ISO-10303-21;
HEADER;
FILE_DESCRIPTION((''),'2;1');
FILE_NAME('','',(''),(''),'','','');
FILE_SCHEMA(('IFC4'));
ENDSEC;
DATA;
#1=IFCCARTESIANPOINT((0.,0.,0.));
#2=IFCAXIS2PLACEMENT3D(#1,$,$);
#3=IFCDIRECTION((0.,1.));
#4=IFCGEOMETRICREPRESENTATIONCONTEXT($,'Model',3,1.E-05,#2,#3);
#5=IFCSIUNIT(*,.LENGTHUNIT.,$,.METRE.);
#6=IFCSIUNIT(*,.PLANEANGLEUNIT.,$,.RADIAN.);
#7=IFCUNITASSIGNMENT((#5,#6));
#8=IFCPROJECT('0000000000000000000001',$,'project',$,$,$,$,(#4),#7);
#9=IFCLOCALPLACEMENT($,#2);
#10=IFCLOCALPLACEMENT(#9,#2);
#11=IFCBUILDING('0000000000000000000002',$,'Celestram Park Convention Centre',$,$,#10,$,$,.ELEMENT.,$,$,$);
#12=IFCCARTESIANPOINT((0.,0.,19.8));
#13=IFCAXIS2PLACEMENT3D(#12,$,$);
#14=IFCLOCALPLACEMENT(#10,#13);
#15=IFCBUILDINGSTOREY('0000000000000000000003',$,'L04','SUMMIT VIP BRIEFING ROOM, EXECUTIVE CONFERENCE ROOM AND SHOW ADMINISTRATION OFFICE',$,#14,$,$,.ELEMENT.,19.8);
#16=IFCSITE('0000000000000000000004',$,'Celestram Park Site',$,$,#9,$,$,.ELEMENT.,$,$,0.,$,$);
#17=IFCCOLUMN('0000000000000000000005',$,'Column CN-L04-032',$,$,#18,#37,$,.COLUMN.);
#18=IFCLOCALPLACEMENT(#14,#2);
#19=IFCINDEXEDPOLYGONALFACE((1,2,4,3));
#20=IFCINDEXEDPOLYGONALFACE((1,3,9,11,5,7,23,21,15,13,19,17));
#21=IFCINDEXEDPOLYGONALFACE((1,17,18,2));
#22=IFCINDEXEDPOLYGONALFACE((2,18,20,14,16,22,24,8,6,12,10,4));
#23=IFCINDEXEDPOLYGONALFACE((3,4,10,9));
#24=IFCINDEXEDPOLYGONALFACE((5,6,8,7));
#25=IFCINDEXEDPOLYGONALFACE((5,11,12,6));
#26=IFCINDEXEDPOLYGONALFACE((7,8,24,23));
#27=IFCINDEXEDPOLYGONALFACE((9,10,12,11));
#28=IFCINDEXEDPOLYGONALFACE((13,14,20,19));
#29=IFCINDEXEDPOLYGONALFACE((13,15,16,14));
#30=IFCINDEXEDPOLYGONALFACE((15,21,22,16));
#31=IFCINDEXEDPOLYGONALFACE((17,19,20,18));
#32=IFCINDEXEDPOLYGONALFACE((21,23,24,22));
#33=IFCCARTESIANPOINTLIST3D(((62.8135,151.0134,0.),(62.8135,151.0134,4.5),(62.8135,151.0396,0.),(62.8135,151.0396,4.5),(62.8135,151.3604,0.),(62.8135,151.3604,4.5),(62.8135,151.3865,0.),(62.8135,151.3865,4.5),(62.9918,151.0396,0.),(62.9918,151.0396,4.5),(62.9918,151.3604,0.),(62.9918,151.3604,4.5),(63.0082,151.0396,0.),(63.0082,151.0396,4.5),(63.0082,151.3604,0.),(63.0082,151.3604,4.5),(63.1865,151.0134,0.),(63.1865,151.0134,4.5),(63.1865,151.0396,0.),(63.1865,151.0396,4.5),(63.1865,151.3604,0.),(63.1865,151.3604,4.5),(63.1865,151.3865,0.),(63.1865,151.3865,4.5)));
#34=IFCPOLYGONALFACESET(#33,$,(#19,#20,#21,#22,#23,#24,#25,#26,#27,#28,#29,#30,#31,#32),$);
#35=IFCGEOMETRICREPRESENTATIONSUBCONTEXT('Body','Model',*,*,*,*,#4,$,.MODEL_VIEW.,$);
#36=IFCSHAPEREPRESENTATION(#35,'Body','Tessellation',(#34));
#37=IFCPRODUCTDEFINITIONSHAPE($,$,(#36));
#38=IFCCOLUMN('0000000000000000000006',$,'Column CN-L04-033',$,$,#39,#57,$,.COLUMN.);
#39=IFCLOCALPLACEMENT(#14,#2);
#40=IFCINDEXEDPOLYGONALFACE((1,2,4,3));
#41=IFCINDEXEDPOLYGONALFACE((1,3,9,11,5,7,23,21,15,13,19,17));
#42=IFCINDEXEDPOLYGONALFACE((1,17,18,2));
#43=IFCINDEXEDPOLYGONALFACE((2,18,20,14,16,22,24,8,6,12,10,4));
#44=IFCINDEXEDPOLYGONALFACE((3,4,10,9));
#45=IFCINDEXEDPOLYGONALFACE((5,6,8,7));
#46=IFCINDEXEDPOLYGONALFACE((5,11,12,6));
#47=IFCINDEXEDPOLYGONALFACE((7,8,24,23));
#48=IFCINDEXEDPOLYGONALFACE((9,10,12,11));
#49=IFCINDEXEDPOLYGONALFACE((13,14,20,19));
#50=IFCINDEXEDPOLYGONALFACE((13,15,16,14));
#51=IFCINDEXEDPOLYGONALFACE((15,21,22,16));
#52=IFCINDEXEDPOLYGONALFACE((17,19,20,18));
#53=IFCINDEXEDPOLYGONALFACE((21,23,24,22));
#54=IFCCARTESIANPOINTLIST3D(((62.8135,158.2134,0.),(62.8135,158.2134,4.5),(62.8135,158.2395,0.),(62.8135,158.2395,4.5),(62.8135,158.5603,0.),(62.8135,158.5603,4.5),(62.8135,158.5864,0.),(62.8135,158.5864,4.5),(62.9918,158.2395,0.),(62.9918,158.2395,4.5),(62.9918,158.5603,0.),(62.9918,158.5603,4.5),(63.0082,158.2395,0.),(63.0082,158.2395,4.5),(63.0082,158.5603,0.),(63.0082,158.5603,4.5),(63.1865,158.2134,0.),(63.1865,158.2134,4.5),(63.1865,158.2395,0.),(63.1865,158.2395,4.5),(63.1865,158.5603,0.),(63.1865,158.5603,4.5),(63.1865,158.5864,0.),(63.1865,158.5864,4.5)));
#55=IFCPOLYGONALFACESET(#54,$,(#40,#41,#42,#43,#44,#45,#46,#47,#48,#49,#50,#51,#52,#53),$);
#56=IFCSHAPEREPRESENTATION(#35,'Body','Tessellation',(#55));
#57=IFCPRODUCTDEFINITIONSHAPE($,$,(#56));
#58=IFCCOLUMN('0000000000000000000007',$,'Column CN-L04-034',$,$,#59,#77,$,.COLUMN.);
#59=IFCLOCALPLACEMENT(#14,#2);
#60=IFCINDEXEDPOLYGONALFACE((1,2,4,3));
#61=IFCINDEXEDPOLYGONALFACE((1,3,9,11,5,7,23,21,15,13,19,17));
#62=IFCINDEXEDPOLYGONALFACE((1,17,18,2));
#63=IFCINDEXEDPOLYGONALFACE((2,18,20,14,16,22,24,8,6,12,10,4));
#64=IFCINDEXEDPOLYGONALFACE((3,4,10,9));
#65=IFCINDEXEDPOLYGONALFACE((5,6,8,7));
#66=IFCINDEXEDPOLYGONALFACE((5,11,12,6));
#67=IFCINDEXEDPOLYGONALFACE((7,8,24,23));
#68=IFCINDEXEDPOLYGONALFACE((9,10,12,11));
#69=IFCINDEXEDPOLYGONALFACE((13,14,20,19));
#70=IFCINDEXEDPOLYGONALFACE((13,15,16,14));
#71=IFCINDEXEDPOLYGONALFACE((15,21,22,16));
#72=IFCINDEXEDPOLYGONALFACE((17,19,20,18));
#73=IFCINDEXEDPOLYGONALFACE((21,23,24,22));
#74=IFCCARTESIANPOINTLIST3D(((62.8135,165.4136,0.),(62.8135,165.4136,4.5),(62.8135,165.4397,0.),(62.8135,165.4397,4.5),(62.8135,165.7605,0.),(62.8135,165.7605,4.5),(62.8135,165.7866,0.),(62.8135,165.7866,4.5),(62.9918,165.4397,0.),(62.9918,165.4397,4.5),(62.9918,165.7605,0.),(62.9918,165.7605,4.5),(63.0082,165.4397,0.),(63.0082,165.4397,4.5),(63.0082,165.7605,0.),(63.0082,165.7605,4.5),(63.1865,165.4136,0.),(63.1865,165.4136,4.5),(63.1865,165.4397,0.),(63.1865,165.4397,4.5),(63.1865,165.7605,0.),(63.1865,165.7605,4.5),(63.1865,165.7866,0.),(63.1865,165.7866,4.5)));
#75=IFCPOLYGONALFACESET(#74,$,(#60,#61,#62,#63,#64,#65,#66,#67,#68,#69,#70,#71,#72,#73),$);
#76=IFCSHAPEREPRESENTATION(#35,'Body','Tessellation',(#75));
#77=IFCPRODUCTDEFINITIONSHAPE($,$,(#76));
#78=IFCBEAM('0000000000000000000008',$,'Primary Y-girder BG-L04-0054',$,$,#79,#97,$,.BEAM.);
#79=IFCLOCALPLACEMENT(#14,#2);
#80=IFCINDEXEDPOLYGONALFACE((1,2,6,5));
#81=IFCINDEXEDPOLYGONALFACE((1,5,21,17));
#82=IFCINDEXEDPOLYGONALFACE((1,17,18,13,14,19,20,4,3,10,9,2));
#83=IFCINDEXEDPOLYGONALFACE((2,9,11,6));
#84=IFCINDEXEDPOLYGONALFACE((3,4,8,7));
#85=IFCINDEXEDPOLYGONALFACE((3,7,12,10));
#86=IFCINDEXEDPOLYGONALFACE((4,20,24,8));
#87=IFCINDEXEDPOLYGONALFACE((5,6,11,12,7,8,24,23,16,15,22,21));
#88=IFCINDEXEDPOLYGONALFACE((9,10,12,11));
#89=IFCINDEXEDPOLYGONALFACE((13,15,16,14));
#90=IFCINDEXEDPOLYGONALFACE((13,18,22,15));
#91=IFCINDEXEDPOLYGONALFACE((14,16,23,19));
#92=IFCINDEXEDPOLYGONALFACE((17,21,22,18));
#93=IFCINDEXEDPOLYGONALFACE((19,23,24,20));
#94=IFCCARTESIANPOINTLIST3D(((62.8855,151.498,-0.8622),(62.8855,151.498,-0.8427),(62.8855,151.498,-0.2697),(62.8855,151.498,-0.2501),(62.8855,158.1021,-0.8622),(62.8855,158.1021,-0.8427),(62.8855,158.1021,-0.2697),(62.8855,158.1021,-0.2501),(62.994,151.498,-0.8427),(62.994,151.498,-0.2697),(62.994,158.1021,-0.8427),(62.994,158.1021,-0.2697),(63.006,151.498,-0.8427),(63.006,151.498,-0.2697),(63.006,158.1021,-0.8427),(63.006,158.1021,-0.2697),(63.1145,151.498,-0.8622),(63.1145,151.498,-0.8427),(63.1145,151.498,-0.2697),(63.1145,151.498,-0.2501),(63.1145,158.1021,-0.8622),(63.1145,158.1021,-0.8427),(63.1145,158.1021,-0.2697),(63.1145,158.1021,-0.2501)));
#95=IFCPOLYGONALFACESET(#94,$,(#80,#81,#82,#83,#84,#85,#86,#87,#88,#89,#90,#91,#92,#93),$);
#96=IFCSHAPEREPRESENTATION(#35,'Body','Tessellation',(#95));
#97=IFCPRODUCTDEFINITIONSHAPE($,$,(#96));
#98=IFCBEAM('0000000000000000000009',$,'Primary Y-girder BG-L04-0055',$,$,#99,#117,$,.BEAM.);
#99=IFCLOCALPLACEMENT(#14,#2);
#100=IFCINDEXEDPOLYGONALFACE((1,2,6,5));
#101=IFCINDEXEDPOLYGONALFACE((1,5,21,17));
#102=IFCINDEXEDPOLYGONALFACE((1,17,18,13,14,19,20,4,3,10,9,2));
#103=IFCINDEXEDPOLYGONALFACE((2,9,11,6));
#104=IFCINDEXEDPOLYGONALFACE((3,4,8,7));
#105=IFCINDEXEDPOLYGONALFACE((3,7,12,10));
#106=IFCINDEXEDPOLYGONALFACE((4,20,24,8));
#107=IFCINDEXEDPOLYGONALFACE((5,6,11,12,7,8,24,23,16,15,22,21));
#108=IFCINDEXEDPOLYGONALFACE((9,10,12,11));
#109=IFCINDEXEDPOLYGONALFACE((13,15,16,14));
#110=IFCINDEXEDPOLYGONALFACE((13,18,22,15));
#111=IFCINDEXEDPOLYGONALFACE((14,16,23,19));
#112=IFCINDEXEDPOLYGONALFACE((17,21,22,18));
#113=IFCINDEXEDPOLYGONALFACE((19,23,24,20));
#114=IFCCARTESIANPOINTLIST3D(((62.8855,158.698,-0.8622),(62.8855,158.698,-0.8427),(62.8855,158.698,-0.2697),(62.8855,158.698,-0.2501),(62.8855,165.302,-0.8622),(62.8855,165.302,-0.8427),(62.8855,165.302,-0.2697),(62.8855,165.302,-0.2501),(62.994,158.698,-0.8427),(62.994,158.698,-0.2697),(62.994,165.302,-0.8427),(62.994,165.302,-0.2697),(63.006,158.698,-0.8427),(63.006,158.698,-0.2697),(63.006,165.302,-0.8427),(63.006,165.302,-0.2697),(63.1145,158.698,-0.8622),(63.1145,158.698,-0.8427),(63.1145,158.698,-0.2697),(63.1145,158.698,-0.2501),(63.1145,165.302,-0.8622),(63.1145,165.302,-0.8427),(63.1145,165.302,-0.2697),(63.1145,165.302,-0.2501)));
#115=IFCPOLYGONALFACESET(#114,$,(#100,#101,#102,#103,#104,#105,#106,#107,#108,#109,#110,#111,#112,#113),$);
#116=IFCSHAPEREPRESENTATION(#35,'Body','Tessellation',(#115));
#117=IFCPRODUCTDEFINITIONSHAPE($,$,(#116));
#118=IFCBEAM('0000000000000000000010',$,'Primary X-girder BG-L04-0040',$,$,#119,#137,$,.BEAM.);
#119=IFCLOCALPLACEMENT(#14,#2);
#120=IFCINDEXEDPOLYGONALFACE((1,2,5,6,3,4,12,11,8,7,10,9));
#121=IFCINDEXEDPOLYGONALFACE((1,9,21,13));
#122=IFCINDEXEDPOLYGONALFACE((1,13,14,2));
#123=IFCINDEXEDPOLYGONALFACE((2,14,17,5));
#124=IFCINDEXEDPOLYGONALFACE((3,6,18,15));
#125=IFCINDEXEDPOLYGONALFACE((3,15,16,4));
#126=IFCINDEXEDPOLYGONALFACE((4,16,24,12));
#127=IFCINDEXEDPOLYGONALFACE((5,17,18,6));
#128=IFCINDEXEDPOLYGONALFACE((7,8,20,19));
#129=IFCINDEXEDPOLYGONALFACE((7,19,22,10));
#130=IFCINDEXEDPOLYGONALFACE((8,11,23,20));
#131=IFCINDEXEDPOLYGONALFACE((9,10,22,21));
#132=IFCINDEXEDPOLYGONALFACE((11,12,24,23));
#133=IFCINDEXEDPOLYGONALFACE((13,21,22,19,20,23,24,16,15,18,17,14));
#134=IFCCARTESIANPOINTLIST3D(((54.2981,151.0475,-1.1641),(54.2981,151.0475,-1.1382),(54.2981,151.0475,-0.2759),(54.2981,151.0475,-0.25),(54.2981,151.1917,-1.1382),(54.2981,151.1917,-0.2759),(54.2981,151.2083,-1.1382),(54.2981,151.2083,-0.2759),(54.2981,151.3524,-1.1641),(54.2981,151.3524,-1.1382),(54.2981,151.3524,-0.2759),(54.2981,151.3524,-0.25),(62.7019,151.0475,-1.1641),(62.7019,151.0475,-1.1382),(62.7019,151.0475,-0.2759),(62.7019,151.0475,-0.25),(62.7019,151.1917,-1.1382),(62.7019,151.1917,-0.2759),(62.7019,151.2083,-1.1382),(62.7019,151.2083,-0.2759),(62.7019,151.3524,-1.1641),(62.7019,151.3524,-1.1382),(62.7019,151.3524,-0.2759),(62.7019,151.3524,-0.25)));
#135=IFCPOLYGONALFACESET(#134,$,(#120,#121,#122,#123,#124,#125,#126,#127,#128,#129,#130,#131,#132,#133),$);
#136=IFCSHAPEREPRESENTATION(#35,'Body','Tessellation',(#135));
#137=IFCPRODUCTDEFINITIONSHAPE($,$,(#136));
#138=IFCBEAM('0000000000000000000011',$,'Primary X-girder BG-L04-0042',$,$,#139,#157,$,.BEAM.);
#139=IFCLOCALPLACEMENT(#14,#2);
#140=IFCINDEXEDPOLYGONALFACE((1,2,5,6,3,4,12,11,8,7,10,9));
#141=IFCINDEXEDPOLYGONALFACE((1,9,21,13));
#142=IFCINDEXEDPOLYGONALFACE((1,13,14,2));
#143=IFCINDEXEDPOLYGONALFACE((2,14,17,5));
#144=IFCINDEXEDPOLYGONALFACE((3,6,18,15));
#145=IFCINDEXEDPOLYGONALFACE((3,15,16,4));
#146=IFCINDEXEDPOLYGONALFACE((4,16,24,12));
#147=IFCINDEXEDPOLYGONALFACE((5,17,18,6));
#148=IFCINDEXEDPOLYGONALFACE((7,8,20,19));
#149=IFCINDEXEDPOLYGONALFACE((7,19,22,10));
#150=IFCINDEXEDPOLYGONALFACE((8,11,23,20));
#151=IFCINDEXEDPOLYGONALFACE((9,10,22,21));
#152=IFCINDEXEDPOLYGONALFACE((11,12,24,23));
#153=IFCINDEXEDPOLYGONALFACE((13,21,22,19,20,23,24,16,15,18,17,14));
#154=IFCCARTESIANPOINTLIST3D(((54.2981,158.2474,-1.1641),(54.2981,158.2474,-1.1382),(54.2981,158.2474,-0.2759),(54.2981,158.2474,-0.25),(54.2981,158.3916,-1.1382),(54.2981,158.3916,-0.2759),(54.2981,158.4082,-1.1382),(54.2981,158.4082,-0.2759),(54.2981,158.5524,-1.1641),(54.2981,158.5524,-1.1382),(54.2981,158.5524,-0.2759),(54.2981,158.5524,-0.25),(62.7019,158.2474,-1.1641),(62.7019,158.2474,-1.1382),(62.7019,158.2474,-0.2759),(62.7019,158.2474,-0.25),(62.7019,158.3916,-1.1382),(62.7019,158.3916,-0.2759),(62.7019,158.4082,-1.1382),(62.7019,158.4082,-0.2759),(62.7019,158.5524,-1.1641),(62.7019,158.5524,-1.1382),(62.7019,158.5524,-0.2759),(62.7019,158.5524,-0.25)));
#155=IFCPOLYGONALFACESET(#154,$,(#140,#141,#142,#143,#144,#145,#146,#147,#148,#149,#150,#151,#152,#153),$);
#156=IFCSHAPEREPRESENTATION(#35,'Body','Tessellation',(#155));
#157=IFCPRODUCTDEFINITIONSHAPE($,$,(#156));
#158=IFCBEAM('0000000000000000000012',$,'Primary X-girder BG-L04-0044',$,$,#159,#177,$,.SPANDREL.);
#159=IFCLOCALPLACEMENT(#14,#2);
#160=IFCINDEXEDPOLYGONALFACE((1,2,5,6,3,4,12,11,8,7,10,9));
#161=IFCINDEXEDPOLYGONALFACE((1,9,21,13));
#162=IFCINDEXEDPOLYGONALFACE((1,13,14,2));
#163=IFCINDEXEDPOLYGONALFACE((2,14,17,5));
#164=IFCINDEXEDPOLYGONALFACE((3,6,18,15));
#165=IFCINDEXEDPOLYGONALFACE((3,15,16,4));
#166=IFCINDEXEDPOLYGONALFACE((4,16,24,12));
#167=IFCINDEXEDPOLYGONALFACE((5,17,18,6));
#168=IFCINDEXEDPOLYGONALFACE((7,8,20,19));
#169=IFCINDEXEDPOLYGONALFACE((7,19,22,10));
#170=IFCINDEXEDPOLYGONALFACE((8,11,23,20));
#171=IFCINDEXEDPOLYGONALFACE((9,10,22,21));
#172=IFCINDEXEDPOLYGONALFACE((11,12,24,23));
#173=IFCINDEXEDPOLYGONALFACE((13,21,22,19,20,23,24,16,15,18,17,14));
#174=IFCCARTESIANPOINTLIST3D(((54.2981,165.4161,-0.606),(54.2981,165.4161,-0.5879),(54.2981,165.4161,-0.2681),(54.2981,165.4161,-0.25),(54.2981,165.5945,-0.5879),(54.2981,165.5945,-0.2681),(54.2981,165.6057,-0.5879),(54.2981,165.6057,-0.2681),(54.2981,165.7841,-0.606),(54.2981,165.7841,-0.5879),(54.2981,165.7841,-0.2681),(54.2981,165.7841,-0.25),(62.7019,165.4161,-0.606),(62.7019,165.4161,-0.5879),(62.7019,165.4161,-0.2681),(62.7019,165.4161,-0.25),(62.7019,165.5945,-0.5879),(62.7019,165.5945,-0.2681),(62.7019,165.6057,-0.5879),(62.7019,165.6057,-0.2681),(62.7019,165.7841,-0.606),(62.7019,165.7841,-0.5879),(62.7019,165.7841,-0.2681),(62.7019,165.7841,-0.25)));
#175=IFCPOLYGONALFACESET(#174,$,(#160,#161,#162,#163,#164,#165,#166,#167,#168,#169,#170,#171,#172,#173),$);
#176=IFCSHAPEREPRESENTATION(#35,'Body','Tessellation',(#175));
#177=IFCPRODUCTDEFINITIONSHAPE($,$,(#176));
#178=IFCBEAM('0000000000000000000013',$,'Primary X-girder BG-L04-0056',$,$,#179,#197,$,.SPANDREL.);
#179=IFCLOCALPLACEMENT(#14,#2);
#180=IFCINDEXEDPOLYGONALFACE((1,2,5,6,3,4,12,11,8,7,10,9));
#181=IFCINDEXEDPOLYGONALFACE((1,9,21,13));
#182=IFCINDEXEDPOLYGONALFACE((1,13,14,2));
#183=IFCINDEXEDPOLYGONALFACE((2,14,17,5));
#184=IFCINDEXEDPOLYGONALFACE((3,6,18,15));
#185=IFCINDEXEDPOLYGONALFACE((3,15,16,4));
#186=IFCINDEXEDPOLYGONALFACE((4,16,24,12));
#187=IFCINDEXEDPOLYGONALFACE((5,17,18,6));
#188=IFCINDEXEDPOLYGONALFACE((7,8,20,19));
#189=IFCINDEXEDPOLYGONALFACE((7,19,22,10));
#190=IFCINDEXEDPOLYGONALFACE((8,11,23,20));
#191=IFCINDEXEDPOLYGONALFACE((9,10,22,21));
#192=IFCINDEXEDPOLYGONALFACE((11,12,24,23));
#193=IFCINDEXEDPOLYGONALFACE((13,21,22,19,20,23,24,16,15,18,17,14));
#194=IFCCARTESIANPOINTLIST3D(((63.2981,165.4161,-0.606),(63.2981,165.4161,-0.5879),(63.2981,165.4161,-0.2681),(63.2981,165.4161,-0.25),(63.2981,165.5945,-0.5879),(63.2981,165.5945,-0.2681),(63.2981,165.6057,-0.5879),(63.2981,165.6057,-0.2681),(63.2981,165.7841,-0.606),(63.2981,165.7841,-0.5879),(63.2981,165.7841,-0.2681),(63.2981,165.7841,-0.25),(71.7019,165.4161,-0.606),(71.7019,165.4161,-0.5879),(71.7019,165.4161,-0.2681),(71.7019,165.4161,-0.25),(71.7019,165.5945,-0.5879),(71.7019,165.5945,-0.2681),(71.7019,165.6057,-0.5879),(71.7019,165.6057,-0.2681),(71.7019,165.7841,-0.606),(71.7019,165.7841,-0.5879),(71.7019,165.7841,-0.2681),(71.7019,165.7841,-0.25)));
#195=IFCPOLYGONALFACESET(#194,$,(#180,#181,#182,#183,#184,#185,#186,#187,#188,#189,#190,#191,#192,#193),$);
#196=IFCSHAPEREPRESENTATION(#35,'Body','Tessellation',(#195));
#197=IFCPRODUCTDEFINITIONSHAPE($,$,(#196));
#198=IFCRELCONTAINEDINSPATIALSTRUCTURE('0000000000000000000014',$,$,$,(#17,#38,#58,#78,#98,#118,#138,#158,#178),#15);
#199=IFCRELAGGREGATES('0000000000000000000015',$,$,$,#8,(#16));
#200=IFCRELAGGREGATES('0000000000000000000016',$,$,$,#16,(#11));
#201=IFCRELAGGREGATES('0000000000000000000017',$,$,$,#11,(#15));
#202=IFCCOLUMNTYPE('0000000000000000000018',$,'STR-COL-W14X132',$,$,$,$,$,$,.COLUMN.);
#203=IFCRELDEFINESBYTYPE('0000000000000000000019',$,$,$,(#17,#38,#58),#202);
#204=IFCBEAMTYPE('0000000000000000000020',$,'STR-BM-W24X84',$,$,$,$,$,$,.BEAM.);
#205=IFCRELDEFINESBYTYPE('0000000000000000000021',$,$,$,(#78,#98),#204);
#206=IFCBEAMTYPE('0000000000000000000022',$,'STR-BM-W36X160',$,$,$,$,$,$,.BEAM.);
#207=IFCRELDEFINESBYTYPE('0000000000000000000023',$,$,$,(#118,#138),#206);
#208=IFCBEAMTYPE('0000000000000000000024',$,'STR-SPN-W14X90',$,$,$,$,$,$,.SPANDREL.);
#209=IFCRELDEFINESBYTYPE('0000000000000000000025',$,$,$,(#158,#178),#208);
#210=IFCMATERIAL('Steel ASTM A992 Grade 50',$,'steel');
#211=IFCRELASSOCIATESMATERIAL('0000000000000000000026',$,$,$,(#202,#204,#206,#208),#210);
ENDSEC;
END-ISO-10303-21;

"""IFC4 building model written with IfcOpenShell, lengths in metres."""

from ifc_helpers import new_model, si_unit, direction, frame, origin, origin_2d, place, context, subcontext, project, spatial, i_section, extrude, material, material_profile, profile_set, type_object, element, save


model = new_model("IFC4")

# Units and contexts
model_context = context("Model", 3, precision=1e-05, world=origin(), true_north=direction((0.0, 1.0)))
body_context = subcontext(model_context, "Body", "Model", "MODEL_VIEW")
ifc_project = project(units=[si_unit("LENGTHUNIT", "METRE"), si_unit("PLANEANGLEUNIT", "RADIAN")], contexts=[model_context])

# Site, building, storey
site_placement = place(None, origin())
site = spatial("IfcSite", under=ifc_project, at=site_placement, Name="Celestram Park Site", CompositionType="ELEMENT", RefElevation=0.0)
building_placement = place(site_placement, origin())
building = spatial("IfcBuilding", under=site, at=building_placement, Name="Celestram Park Convention Centre", CompositionType="ELEMENT")
storey_placement = place(building_placement, frame((0.0, 0.0, 19.8)))
storey = spatial("IfcBuildingStorey", under=building, at=storey_placement, Name="L04", Description="SUMMIT VIP BRIEFING ROOM, EXECUTIVE CONFERENCE ROOM AND SHOW ADMINISTRATION OFFICE", CompositionType="ELEMENT", Elevation=19.8)

# Columns
ifc_material_1 = material(Name="Steel ASTM A992 Grade 50", Category="steel")
ifc_material_profile_1 = material_profile(ifc_material_1, i_section(OverallWidth=0.373, OverallDepth=0.373, WebThickness=0.0164, FlangeThickness=0.0261, at=origin_2d()), Name="W14X132")
ifc_profile_set_1 = profile_set([ifc_material_profile_1], Name="Steel ASTM A992 Grade 50")
column_type = type_object("IfcColumnType", Name="STR-COL-W14X132", PredefinedType="COLUMN", material=ifc_profile_set_1)
for number, where, z_axis, x_axis, name in (
    (1, (63.0, 151.2, 0.0), (0.0, 0.0, 1.0), (1.0, 0.0, 0.0), "Column CN-L04-032"),
    (2, (63.0, 158.3999, 0.0), (0.0, 0.0, 1.0), (1.0, 0.0, 0.0), "Column CN-L04-033"),
    (3, (63.0, 165.6001, 0.0), (0.0, 0.0, 1.0), (1.0, 0.0, 0.0), "Column CN-L04-034"),
):
    element("IfcColumn", number, at=place(storey_placement, frame(where, z_axis=z_axis, x_axis=x_axis)), inside=storey, type_object=column_type, Name=name, PredefinedType="COLUMN", context=body_context, shape_type="SweptSolid", body=[
        extrude(i_section(OverallWidth=0.373, OverallDepth=0.373, WebThickness=0.0164, FlangeThickness=0.0261, at=origin_2d()), origin(), (0.0, 0.0, 1.0), 4.5),
    ])

# Beams
ifc_material_profile_2 = material_profile(ifc_material_1, i_section(OverallWidth=0.229, OverallDepth=0.6121, WebThickness=0.012, FlangeThickness=0.0195, at=origin_2d()), Name="W24X84")
ifc_profile_set_2 = profile_set([ifc_material_profile_2], Name="Steel ASTM A992 Grade 50")
beam_type_1 = type_object("IfcBeamType", Name="STR-BM-W24X84", PredefinedType="BEAM", material=ifc_profile_set_2)
for number, where, z_axis, x_axis, name in (
    (4, (63.0, 151.498, -0.5562), (0.0, 1.0, 0.0), (-1.0, 0.0, 0.0), "Primary Y-girder BG-L04-0054"),
    (5, (63.0, 158.698, -0.5562), (0.0, 1.0, 0.0), (-1.0, 0.0, 0.0), "Primary Y-girder BG-L04-0055"),
):
    element("IfcBeam", number, at=place(storey_placement, frame(where, z_axis=z_axis, x_axis=x_axis)), inside=storey, type_object=beam_type_1, Name=name, PredefinedType="BEAM", context=body_context, shape_type="SweptSolid", body=[
        extrude(i_section(OverallWidth=0.229, OverallDepth=0.6121, WebThickness=0.012, FlangeThickness=0.0195, at=origin_2d()), origin(), (0.0, 0.0, 1.0), 6.604),
    ])
ifc_material_profile_3 = material_profile(ifc_material_1, i_section(OverallWidth=0.3049, OverallDepth=0.9141, WebThickness=0.0166, FlangeThickness=0.0259, at=origin_2d()), Name="W36X160")
ifc_profile_set_3 = profile_set([ifc_material_profile_3], Name="Steel ASTM A992 Grade 50")
beam_type_2 = type_object("IfcBeamType", Name="STR-BM-W36X160", PredefinedType="BEAM", material=ifc_profile_set_3)
for number, where, z_axis, x_axis, name in (
    (6, (54.2981, 151.2, -0.707), (1.0, 0.0, 0.0), (0.0, 1.0, 0.0), "Primary X-girder BG-L04-0040"),
    (7, (54.2981, 158.3999, -0.707), (1.0, 0.0, 0.0), (0.0, 1.0, 0.0), "Primary X-girder BG-L04-0042"),
):
    element("IfcBeam", number, at=place(storey_placement, frame(where, z_axis=z_axis, x_axis=x_axis)), inside=storey, type_object=beam_type_2, Name=name, PredefinedType="BEAM", context=body_context, shape_type="SweptSolid", body=[
        extrude(i_section(OverallWidth=0.3049, OverallDepth=0.9141, WebThickness=0.0166, FlangeThickness=0.0259, at=origin_2d()), origin(), (0.0, 0.0, 1.0), 8.4038),
    ])
ifc_material_profile_4 = material_profile(ifc_material_1, i_section(OverallWidth=0.3679, OverallDepth=0.356, WebThickness=0.0112, FlangeThickness=0.0181, at=origin_2d()), Name="W14X90")
ifc_profile_set_4 = profile_set([ifc_material_profile_4], Name="Steel ASTM A992 Grade 50")
beam_type_3 = type_object("IfcBeamType", Name="STR-SPN-W14X90", PredefinedType="SPANDREL", material=ifc_profile_set_4)
for number, where, z_axis, x_axis, name in (
    (8, (54.2981, 165.6001, -0.428), (1.0, 0.0, 0.0), (0.0, 1.0, 0.0), "Primary X-girder BG-L04-0044"),
    (9, (63.2981, 165.6001, -0.428), (1.0, 0.0, 0.0), (0.0, 1.0, 0.0), "Primary X-girder BG-L04-0056"),
):
    element("IfcBeam", number, at=place(storey_placement, frame(where, z_axis=z_axis, x_axis=x_axis)), inside=storey, type_object=beam_type_3, Name=name, PredefinedType="SPANDREL", context=body_context, shape_type="SweptSolid", body=[
        extrude(i_section(OverallWidth=0.3679, OverallDepth=0.356, WebThickness=0.0112, FlangeThickness=0.0181, at=origin_2d()), origin(), (0.0, 0.0, 1.0), 8.4038),
    ])

save(model, "model.ifc")
